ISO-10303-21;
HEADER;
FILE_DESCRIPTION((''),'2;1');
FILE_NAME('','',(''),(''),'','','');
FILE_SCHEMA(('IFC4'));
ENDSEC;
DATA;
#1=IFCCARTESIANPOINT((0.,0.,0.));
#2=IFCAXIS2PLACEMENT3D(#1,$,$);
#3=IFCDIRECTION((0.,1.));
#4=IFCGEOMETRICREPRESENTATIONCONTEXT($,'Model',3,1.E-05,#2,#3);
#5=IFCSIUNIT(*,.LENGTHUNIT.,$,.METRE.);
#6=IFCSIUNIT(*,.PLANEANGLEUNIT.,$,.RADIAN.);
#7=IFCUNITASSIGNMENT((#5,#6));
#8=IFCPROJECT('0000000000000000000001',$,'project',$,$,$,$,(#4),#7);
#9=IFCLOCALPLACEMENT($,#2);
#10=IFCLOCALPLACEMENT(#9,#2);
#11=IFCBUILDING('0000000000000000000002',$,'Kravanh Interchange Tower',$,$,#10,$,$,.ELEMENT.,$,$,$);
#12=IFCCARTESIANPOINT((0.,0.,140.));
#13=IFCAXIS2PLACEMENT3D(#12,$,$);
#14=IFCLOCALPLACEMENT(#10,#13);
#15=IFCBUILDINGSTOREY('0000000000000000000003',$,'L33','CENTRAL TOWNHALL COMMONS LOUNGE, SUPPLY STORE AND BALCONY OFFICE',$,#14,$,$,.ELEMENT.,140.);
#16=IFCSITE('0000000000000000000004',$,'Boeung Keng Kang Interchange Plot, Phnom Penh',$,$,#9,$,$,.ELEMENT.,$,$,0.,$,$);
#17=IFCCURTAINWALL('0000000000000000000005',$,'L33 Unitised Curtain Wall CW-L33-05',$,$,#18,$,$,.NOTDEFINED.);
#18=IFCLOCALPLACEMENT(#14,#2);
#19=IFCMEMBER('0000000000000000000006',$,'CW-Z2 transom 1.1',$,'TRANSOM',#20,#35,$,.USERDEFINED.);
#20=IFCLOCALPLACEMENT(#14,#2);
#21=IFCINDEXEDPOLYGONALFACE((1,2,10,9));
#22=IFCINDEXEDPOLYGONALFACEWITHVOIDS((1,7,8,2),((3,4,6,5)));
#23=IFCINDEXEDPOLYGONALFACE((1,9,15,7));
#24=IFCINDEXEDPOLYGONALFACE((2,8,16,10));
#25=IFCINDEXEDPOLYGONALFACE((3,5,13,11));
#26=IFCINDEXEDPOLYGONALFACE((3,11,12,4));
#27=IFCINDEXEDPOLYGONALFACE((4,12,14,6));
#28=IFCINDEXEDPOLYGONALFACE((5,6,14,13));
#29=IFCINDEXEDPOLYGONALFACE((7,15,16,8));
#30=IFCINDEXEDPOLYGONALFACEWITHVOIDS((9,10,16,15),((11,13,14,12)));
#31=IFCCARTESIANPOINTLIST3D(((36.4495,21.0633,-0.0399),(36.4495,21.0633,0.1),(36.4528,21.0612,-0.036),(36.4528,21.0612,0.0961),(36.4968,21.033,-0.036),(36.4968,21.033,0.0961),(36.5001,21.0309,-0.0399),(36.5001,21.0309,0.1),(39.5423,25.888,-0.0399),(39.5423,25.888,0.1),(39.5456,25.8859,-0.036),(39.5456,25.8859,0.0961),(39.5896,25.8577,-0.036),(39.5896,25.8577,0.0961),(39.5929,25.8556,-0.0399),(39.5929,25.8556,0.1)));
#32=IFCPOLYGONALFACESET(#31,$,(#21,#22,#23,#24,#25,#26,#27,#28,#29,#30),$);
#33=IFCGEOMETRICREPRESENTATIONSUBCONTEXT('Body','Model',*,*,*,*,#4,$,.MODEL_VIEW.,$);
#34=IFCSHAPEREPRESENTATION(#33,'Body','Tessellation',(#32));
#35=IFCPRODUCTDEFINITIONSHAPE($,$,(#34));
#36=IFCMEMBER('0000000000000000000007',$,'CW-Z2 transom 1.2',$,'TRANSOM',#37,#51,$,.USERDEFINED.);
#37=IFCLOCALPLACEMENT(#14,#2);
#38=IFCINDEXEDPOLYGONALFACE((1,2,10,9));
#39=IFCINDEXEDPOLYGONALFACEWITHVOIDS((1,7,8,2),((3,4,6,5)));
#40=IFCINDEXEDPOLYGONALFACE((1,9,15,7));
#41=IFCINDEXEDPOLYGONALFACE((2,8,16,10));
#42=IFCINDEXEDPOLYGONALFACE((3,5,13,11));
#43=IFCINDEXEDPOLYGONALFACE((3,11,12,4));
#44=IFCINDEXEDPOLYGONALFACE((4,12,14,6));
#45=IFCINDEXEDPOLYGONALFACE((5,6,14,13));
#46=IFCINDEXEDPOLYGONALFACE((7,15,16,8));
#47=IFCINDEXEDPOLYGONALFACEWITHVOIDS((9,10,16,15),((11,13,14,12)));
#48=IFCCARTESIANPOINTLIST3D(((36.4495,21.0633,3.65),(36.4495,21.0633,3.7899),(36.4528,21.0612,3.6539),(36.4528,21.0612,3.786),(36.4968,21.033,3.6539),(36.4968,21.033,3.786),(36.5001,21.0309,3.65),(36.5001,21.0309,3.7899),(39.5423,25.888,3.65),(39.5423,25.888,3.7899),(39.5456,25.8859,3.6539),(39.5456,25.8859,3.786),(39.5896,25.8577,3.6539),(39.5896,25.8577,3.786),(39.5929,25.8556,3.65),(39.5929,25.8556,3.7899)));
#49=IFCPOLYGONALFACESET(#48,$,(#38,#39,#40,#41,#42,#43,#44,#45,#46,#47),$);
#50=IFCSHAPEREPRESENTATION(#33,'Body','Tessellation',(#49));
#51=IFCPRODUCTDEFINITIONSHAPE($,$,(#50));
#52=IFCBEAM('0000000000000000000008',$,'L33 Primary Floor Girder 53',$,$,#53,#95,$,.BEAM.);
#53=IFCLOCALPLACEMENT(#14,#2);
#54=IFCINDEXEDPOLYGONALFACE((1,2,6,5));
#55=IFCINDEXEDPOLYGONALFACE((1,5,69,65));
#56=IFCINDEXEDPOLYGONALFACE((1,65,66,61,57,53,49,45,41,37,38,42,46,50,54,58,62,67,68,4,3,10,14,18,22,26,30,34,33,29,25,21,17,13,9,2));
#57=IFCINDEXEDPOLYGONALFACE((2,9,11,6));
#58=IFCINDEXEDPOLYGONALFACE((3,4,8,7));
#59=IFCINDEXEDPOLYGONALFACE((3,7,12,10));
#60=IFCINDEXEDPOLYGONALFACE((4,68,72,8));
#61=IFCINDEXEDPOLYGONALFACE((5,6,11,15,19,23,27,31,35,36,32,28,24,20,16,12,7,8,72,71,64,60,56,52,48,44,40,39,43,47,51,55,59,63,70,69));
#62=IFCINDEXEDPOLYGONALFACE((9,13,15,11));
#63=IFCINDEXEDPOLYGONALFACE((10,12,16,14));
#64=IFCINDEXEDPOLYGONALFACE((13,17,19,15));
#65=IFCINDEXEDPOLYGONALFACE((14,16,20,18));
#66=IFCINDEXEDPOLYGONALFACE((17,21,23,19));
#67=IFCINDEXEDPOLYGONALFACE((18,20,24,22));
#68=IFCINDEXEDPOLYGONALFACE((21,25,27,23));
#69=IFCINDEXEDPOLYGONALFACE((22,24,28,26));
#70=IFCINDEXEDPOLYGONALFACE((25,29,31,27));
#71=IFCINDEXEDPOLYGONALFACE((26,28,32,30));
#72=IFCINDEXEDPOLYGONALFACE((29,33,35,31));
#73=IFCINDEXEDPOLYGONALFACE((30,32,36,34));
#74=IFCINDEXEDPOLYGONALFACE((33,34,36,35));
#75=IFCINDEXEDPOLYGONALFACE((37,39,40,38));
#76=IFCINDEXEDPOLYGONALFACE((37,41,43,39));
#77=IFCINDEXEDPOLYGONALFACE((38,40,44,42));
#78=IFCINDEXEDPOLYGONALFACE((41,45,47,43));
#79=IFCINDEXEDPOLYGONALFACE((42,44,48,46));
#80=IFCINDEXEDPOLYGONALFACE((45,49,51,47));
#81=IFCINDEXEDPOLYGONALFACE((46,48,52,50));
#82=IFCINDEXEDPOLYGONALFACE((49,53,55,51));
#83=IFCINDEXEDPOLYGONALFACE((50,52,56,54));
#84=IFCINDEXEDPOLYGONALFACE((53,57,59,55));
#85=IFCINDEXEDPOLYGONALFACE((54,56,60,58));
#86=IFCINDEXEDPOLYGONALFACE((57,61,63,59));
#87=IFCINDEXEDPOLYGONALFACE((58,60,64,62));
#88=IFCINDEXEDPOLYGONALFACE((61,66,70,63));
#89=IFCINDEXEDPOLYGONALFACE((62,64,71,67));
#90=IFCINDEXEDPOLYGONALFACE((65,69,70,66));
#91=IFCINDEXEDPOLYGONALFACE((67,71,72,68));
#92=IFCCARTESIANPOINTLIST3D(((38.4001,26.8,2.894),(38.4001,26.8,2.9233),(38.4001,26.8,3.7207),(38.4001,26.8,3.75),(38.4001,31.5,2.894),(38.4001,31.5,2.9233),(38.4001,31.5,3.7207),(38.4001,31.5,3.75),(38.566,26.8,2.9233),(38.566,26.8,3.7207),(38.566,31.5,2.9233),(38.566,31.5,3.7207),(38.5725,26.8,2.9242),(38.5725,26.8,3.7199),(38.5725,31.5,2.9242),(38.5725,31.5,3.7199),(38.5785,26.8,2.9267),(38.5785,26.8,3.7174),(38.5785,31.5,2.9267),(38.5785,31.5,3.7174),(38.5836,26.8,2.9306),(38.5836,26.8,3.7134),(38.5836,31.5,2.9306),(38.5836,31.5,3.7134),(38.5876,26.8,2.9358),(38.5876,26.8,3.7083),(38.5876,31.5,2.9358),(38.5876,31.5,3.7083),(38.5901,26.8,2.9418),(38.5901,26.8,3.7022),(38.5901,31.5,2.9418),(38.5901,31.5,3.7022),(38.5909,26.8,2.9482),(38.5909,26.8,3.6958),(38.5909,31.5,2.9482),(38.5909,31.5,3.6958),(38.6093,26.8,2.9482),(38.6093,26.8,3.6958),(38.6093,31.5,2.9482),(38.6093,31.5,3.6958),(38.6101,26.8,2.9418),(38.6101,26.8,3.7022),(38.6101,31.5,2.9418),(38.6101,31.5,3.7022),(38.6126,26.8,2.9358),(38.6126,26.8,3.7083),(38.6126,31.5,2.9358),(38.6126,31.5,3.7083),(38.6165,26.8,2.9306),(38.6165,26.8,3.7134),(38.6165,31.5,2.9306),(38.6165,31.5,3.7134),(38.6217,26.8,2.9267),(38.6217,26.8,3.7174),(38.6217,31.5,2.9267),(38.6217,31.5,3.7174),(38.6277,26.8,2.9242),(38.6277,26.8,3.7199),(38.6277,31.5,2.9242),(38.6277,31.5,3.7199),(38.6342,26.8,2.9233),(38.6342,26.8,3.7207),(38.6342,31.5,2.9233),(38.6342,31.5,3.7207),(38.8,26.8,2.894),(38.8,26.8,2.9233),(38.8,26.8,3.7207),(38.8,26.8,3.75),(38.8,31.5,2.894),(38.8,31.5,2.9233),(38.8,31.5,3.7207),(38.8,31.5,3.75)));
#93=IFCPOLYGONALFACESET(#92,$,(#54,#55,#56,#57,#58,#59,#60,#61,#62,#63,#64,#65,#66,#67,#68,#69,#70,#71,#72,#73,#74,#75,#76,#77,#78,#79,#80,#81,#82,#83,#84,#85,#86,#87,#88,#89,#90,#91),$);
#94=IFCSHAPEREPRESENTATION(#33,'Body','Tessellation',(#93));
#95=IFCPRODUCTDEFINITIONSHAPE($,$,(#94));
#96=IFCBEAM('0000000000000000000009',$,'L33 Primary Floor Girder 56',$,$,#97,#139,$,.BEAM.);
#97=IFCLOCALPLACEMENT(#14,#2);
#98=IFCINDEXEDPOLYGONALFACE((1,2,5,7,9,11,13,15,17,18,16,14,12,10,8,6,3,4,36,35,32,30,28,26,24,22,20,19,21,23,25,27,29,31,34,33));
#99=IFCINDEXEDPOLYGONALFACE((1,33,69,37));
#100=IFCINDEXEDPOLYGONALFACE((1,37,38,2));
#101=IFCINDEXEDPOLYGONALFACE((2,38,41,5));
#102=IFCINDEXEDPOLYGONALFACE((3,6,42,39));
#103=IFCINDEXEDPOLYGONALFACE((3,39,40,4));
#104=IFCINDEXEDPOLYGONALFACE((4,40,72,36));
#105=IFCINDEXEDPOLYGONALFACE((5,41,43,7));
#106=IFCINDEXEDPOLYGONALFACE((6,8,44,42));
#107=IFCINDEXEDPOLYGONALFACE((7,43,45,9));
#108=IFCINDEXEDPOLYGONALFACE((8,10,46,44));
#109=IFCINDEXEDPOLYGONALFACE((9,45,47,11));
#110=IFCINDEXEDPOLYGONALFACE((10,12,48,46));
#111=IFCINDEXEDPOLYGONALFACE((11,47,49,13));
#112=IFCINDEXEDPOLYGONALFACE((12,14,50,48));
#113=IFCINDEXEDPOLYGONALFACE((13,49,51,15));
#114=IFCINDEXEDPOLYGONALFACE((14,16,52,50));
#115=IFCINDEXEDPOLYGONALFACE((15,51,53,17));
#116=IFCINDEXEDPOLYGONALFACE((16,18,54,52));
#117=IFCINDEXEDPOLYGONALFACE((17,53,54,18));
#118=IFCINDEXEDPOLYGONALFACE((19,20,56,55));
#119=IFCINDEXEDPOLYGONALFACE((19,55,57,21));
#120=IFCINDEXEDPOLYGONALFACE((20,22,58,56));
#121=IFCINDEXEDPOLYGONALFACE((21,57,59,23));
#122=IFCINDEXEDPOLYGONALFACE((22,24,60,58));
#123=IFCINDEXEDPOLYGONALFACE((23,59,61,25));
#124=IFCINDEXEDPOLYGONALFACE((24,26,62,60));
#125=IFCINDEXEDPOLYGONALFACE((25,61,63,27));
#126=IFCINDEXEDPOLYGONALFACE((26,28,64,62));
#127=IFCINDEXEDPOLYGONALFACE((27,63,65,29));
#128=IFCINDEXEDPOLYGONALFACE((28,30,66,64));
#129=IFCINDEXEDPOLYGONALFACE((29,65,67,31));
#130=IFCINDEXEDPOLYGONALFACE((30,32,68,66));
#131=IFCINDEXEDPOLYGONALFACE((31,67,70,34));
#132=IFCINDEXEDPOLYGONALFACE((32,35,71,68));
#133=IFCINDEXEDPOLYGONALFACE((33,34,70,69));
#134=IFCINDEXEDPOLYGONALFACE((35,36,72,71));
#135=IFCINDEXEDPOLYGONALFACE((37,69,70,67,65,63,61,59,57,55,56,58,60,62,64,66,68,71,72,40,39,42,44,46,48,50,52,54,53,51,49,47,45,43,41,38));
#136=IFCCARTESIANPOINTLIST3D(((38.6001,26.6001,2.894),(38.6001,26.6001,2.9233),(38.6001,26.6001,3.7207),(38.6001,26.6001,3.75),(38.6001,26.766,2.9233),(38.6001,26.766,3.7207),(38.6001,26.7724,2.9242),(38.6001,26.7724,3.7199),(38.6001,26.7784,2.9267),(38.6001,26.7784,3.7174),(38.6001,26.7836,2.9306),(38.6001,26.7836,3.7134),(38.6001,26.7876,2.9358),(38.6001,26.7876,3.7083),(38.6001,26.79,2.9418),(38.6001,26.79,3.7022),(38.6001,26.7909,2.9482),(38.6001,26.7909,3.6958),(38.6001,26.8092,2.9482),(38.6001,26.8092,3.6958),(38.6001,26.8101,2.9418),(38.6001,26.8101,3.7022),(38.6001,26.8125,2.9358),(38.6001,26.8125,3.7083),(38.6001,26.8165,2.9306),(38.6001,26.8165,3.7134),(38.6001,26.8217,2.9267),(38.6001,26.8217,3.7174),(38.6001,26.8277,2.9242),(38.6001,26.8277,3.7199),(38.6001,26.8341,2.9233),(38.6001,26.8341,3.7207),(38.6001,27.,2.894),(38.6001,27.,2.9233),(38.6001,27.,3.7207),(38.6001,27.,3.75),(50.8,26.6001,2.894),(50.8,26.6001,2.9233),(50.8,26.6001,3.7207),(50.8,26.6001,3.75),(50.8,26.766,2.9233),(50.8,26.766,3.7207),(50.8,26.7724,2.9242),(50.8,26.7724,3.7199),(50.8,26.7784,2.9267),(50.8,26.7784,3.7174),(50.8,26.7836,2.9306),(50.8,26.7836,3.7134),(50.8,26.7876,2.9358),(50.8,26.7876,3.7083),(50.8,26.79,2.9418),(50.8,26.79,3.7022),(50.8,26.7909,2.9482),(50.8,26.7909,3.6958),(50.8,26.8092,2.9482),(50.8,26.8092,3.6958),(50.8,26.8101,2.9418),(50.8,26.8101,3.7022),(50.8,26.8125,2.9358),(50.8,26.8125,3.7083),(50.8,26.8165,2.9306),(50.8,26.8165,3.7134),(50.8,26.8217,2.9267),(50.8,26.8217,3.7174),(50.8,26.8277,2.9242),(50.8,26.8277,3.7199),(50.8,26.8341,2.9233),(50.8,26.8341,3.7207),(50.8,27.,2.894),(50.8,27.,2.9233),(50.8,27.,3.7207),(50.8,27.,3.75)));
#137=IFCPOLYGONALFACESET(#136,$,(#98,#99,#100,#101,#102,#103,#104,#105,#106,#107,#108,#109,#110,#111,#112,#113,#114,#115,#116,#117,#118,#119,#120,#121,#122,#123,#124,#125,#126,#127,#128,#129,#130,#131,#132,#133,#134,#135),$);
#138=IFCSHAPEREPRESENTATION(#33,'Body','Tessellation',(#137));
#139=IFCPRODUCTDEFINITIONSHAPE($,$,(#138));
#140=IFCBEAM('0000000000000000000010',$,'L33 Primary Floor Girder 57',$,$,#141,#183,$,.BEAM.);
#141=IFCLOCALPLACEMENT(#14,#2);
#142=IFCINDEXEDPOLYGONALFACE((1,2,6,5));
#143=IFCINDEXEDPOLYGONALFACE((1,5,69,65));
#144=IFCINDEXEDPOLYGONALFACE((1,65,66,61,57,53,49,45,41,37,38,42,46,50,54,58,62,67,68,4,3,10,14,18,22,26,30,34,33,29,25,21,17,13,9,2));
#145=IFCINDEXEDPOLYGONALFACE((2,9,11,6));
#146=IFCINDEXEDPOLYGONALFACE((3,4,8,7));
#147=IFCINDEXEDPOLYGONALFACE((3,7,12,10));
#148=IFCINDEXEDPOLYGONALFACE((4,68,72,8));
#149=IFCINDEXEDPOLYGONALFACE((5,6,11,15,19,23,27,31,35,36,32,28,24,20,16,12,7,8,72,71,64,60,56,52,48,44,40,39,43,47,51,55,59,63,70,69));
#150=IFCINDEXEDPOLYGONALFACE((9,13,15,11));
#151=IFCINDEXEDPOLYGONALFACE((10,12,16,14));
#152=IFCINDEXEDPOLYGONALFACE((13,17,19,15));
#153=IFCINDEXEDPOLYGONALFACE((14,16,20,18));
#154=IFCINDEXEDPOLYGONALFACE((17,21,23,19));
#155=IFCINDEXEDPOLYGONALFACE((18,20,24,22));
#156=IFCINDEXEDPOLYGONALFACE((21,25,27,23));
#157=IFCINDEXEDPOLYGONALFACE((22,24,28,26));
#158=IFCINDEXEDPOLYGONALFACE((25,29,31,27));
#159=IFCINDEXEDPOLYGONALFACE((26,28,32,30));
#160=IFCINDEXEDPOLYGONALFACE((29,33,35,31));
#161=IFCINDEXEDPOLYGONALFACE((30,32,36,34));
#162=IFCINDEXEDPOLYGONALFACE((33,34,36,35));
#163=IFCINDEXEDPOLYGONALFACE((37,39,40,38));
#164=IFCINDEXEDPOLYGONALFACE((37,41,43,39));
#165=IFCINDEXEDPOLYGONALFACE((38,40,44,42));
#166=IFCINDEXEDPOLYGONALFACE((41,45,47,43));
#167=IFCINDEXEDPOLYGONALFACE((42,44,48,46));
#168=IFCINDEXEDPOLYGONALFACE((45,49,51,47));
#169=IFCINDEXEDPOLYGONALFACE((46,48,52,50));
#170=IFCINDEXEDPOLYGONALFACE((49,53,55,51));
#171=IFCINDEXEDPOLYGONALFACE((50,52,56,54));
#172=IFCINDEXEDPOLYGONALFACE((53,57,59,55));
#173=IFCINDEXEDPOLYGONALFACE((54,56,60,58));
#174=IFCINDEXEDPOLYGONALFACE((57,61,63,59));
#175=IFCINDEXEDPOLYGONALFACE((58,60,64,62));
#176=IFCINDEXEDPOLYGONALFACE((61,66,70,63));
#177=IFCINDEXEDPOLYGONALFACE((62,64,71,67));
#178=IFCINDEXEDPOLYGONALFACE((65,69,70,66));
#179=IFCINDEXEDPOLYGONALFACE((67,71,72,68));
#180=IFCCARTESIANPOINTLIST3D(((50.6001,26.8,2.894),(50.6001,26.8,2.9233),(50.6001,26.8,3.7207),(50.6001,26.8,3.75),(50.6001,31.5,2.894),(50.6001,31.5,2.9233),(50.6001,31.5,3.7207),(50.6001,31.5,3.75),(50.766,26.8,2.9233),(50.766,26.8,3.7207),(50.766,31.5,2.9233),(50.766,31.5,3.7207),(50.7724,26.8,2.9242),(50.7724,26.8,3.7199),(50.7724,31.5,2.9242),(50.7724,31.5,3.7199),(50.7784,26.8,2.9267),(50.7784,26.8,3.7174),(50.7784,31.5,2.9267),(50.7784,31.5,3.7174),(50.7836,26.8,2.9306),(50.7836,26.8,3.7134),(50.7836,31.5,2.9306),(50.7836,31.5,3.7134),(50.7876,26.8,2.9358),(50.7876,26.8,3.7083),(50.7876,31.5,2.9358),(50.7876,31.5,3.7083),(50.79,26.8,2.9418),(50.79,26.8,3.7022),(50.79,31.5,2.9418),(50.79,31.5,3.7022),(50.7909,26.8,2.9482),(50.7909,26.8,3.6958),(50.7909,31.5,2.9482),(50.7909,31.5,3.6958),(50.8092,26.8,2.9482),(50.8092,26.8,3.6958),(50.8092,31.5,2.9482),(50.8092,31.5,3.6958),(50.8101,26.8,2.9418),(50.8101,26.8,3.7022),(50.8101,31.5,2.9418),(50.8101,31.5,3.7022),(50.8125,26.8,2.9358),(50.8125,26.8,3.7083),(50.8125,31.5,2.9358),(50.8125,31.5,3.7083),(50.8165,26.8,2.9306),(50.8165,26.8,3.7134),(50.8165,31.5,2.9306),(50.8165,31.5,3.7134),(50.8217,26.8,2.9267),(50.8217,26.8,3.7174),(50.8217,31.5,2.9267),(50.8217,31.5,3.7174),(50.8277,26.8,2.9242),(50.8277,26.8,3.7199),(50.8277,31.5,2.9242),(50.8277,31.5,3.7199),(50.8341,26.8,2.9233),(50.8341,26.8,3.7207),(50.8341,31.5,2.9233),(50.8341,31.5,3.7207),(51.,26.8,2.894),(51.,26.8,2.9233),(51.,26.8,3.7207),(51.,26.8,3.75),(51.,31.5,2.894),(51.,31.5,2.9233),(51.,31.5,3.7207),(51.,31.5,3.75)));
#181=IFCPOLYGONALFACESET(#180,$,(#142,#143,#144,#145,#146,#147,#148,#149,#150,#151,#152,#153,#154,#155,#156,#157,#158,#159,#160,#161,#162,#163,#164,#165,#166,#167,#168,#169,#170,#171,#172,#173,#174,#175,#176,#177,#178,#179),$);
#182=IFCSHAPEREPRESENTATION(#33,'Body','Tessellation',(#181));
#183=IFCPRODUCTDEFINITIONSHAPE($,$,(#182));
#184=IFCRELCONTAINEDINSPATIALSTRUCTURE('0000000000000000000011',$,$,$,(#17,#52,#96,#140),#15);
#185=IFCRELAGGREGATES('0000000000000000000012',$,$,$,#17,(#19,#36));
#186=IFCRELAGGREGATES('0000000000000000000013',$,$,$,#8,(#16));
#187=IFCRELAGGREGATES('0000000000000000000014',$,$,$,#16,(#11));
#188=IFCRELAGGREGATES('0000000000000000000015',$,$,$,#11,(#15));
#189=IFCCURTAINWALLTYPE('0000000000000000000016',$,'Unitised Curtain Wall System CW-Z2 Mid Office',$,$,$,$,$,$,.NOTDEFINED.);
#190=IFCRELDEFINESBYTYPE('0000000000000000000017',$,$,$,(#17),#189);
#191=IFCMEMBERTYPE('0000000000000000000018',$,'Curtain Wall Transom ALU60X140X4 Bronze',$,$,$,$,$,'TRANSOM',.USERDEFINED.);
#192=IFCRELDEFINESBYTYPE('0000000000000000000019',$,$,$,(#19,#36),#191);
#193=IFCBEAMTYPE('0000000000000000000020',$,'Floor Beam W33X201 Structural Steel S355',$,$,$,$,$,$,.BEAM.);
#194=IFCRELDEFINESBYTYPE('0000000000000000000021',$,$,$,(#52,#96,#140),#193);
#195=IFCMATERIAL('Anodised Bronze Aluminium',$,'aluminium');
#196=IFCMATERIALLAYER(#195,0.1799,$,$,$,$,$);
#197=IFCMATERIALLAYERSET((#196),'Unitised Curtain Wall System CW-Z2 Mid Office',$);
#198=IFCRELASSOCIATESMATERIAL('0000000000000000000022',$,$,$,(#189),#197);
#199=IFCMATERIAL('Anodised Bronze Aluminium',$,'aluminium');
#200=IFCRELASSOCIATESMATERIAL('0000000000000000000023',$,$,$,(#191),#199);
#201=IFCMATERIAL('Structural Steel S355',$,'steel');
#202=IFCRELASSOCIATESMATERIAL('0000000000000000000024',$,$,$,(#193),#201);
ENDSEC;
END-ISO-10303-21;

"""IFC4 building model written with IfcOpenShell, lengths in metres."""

from ifc_helpers import new_model, si_unit, direction, frame, origin, origin_2d, place, context, subcontext, project, spatial, hollow_rectangle, i_section, extrude, material, layer, layer_set, material_profile, profile_set, type_object, element, aggregate, save


model = new_model("IFC4")

# Units and contexts
model_context = context("Model", 3, precision=1e-05, world=origin(), true_north=direction((0.0, 1.0)))
body_context = subcontext(model_context, "Body", "Model", "MODEL_VIEW")
ifc_project = project(units=[si_unit("LENGTHUNIT", "METRE"), si_unit("PLANEANGLEUNIT", "RADIAN")], contexts=[model_context])

# Site, building, storey
site_placement = place(None, origin())
site = spatial("IfcSite", under=ifc_project, at=site_placement, Name="Boeung Keng Kang Interchange Plot, Phnom Penh", CompositionType="ELEMENT", RefElevation=0.0)
building_placement = place(site_placement, origin())
building = spatial("IfcBuilding", under=site, at=building_placement, Name="Kravanh Interchange Tower", CompositionType="ELEMENT")
storey_placement = place(building_placement, frame((0.0, 0.0, 140.0)))
storey = spatial("IfcBuildingStorey", under=building, at=storey_placement, Name="L33", Description="CENTRAL TOWNHALL COMMONS LOUNGE, SUPPLY STORE AND BALCONY OFFICE", CompositionType="ELEMENT", Elevation=140.0)

# Shared definitions
ifc_material_1 = material(Name="Anodised Bronze Aluminium", Category="aluminium")
ifc_layer_1 = layer(ifc_material_1, 0.1799)
ifc_layer_set_1 = layer_set([ifc_layer_1], Name="Unitised Curtain Wall System CW-Z2 Mid Office")
curtain_wall_type = type_object("IfcCurtainWallType", Name="Unitised Curtain Wall System CW-Z2 Mid Office", PredefinedType="NOTDEFINED", material=ifc_layer_set_1)

# Curtain wall
curtain_wall_1_placement = place(storey_placement, origin())
curtain_wall_1 = element("IfcCurtainWall", 1, at=curtain_wall_1_placement, inside=storey, type_object=curtain_wall_type, Name="L33 Unitised Curtain Wall CW-L33-05", PredefinedType="NOTDEFINED")

# Members
ifc_material_2 = material(Name="Anodised Bronze Aluminium", Category="aluminium")
ifc_material_profile_1 = material_profile(ifc_material_2, hollow_rectangle(XDim=0.0601, YDim=0.1399, WallThickness=0.0039, at=origin_2d()), Name="ALU60X140X4")
ifc_profile_set_1 = profile_set([ifc_material_profile_1], Name="Anodised Bronze Aluminium")
member_type_1 = type_object("IfcMemberType", Name="Curtain Wall Transom ALU60X140X4 Bronze", ElementType="TRANSOM", PredefinedType="USERDEFINED", material=ifc_profile_set_1)
member_1_placement = place(storey_placement, frame((39.5676, 25.8718, 0.03), z_axis=(-0.539668, -0.841878, 0.0), x_axis=(0.841878, -0.539668, 0.0)))
member_1 = element("IfcMember", 2, at=member_1_placement, type_object=member_type_1, Name="CW-Z2 transom 1.1", ObjectType="TRANSOM", PredefinedType="USERDEFINED", context=body_context, shape_type="SweptSolid", body=[
    extrude(hollow_rectangle(XDim=0.0601, YDim=0.1399, WallThickness=0.0039, at=origin_2d()), origin(), (0.0, 0.0, 1.0), 5.731),
])
member_2_placement = place(storey_placement, frame((39.5676, 25.8718, 3.72), z_axis=(-0.539668, -0.841878, 0.0), x_axis=(0.841878, -0.539668, 0.0)))
member_2 = element("IfcMember", 3, at=member_2_placement, type_object=member_type_1, Name="CW-Z2 transom 1.2", ObjectType="TRANSOM", PredefinedType="USERDEFINED", context=body_context, shape_type="SweptSolid", body=[
    extrude(hollow_rectangle(XDim=0.0601, YDim=0.1399, WallThickness=0.0039, at=origin_2d()), origin(), (0.0, 0.0, 1.0), 5.731),
])
aggregate(curtain_wall_1, [member_1, member_2])

# Beams
ifc_material_3 = material(Name="Structural Steel S355", Category="steel")
ifc_material_profile_2 = material_profile(ifc_material_3, i_section(OverallWidth=0.3999, OverallDepth=0.856, WebThickness=0.0183, FlangeThickness=0.0293, FilletRadius=0.0249, at=origin_2d()), Name="W33X201")
ifc_profile_set_2 = profile_set([ifc_material_profile_2], Name="Structural Steel S355")
beam_type_1 = type_object("IfcBeamType", Name="Floor Beam W33X201 Structural Steel S355", PredefinedType="BEAM", material=ifc_profile_set_2)
beam_1_placement = place(storey_placement, frame((38.6001, 26.8, 3.322), z_axis=(0.0, 1.0, 0.0), x_axis=(-1.0, 0.0, 0.0)))
element("IfcBeam", 4, at=beam_1_placement, inside=storey, type_object=beam_type_1, Name="L33 Primary Floor Girder 53", PredefinedType="BEAM", context=body_context, shape_type="SweptSolid", body=[
    extrude(i_section(OverallWidth=0.3999, OverallDepth=0.856, WebThickness=0.0183, FlangeThickness=0.0293, FilletRadius=0.0249, at=origin_2d()), origin(), (0.0, 0.0, 1.0), 4.7),
])
beam_2_placement = place(storey_placement, frame((38.6001, 26.8, 3.322), z_axis=(1.0, 0.0, 0.0), x_axis=(0.0, 1.0, 0.0)))
element("IfcBeam", 5, at=beam_2_placement, inside=storey, type_object=beam_type_1, Name="L33 Primary Floor Girder 56", PredefinedType="BEAM", context=body_context, shape_type="SweptSolid", body=[
    extrude(i_section(OverallWidth=0.3999, OverallDepth=0.856, WebThickness=0.0183, FlangeThickness=0.0293, FilletRadius=0.0249, at=origin_2d()), origin(), (0.0, 0.0, 1.0), 12.2),
])
beam_3_placement = place(storey_placement, frame((50.8, 26.8, 3.322), z_axis=(0.0, 1.0, 0.0), x_axis=(-1.0, 0.0, 0.0)))
element("IfcBeam", 6, at=beam_3_placement, inside=storey, type_object=beam_type_1, Name="L33 Primary Floor Girder 57", PredefinedType="BEAM", context=body_context, shape_type="SweptSolid", body=[
    extrude(i_section(OverallWidth=0.3999, OverallDepth=0.856, WebThickness=0.0183, FlangeThickness=0.0293, FilletRadius=0.0249, at=origin_2d()), origin(), (0.0, 0.0, 1.0), 4.7),
])

save(model, "model.ifc")
